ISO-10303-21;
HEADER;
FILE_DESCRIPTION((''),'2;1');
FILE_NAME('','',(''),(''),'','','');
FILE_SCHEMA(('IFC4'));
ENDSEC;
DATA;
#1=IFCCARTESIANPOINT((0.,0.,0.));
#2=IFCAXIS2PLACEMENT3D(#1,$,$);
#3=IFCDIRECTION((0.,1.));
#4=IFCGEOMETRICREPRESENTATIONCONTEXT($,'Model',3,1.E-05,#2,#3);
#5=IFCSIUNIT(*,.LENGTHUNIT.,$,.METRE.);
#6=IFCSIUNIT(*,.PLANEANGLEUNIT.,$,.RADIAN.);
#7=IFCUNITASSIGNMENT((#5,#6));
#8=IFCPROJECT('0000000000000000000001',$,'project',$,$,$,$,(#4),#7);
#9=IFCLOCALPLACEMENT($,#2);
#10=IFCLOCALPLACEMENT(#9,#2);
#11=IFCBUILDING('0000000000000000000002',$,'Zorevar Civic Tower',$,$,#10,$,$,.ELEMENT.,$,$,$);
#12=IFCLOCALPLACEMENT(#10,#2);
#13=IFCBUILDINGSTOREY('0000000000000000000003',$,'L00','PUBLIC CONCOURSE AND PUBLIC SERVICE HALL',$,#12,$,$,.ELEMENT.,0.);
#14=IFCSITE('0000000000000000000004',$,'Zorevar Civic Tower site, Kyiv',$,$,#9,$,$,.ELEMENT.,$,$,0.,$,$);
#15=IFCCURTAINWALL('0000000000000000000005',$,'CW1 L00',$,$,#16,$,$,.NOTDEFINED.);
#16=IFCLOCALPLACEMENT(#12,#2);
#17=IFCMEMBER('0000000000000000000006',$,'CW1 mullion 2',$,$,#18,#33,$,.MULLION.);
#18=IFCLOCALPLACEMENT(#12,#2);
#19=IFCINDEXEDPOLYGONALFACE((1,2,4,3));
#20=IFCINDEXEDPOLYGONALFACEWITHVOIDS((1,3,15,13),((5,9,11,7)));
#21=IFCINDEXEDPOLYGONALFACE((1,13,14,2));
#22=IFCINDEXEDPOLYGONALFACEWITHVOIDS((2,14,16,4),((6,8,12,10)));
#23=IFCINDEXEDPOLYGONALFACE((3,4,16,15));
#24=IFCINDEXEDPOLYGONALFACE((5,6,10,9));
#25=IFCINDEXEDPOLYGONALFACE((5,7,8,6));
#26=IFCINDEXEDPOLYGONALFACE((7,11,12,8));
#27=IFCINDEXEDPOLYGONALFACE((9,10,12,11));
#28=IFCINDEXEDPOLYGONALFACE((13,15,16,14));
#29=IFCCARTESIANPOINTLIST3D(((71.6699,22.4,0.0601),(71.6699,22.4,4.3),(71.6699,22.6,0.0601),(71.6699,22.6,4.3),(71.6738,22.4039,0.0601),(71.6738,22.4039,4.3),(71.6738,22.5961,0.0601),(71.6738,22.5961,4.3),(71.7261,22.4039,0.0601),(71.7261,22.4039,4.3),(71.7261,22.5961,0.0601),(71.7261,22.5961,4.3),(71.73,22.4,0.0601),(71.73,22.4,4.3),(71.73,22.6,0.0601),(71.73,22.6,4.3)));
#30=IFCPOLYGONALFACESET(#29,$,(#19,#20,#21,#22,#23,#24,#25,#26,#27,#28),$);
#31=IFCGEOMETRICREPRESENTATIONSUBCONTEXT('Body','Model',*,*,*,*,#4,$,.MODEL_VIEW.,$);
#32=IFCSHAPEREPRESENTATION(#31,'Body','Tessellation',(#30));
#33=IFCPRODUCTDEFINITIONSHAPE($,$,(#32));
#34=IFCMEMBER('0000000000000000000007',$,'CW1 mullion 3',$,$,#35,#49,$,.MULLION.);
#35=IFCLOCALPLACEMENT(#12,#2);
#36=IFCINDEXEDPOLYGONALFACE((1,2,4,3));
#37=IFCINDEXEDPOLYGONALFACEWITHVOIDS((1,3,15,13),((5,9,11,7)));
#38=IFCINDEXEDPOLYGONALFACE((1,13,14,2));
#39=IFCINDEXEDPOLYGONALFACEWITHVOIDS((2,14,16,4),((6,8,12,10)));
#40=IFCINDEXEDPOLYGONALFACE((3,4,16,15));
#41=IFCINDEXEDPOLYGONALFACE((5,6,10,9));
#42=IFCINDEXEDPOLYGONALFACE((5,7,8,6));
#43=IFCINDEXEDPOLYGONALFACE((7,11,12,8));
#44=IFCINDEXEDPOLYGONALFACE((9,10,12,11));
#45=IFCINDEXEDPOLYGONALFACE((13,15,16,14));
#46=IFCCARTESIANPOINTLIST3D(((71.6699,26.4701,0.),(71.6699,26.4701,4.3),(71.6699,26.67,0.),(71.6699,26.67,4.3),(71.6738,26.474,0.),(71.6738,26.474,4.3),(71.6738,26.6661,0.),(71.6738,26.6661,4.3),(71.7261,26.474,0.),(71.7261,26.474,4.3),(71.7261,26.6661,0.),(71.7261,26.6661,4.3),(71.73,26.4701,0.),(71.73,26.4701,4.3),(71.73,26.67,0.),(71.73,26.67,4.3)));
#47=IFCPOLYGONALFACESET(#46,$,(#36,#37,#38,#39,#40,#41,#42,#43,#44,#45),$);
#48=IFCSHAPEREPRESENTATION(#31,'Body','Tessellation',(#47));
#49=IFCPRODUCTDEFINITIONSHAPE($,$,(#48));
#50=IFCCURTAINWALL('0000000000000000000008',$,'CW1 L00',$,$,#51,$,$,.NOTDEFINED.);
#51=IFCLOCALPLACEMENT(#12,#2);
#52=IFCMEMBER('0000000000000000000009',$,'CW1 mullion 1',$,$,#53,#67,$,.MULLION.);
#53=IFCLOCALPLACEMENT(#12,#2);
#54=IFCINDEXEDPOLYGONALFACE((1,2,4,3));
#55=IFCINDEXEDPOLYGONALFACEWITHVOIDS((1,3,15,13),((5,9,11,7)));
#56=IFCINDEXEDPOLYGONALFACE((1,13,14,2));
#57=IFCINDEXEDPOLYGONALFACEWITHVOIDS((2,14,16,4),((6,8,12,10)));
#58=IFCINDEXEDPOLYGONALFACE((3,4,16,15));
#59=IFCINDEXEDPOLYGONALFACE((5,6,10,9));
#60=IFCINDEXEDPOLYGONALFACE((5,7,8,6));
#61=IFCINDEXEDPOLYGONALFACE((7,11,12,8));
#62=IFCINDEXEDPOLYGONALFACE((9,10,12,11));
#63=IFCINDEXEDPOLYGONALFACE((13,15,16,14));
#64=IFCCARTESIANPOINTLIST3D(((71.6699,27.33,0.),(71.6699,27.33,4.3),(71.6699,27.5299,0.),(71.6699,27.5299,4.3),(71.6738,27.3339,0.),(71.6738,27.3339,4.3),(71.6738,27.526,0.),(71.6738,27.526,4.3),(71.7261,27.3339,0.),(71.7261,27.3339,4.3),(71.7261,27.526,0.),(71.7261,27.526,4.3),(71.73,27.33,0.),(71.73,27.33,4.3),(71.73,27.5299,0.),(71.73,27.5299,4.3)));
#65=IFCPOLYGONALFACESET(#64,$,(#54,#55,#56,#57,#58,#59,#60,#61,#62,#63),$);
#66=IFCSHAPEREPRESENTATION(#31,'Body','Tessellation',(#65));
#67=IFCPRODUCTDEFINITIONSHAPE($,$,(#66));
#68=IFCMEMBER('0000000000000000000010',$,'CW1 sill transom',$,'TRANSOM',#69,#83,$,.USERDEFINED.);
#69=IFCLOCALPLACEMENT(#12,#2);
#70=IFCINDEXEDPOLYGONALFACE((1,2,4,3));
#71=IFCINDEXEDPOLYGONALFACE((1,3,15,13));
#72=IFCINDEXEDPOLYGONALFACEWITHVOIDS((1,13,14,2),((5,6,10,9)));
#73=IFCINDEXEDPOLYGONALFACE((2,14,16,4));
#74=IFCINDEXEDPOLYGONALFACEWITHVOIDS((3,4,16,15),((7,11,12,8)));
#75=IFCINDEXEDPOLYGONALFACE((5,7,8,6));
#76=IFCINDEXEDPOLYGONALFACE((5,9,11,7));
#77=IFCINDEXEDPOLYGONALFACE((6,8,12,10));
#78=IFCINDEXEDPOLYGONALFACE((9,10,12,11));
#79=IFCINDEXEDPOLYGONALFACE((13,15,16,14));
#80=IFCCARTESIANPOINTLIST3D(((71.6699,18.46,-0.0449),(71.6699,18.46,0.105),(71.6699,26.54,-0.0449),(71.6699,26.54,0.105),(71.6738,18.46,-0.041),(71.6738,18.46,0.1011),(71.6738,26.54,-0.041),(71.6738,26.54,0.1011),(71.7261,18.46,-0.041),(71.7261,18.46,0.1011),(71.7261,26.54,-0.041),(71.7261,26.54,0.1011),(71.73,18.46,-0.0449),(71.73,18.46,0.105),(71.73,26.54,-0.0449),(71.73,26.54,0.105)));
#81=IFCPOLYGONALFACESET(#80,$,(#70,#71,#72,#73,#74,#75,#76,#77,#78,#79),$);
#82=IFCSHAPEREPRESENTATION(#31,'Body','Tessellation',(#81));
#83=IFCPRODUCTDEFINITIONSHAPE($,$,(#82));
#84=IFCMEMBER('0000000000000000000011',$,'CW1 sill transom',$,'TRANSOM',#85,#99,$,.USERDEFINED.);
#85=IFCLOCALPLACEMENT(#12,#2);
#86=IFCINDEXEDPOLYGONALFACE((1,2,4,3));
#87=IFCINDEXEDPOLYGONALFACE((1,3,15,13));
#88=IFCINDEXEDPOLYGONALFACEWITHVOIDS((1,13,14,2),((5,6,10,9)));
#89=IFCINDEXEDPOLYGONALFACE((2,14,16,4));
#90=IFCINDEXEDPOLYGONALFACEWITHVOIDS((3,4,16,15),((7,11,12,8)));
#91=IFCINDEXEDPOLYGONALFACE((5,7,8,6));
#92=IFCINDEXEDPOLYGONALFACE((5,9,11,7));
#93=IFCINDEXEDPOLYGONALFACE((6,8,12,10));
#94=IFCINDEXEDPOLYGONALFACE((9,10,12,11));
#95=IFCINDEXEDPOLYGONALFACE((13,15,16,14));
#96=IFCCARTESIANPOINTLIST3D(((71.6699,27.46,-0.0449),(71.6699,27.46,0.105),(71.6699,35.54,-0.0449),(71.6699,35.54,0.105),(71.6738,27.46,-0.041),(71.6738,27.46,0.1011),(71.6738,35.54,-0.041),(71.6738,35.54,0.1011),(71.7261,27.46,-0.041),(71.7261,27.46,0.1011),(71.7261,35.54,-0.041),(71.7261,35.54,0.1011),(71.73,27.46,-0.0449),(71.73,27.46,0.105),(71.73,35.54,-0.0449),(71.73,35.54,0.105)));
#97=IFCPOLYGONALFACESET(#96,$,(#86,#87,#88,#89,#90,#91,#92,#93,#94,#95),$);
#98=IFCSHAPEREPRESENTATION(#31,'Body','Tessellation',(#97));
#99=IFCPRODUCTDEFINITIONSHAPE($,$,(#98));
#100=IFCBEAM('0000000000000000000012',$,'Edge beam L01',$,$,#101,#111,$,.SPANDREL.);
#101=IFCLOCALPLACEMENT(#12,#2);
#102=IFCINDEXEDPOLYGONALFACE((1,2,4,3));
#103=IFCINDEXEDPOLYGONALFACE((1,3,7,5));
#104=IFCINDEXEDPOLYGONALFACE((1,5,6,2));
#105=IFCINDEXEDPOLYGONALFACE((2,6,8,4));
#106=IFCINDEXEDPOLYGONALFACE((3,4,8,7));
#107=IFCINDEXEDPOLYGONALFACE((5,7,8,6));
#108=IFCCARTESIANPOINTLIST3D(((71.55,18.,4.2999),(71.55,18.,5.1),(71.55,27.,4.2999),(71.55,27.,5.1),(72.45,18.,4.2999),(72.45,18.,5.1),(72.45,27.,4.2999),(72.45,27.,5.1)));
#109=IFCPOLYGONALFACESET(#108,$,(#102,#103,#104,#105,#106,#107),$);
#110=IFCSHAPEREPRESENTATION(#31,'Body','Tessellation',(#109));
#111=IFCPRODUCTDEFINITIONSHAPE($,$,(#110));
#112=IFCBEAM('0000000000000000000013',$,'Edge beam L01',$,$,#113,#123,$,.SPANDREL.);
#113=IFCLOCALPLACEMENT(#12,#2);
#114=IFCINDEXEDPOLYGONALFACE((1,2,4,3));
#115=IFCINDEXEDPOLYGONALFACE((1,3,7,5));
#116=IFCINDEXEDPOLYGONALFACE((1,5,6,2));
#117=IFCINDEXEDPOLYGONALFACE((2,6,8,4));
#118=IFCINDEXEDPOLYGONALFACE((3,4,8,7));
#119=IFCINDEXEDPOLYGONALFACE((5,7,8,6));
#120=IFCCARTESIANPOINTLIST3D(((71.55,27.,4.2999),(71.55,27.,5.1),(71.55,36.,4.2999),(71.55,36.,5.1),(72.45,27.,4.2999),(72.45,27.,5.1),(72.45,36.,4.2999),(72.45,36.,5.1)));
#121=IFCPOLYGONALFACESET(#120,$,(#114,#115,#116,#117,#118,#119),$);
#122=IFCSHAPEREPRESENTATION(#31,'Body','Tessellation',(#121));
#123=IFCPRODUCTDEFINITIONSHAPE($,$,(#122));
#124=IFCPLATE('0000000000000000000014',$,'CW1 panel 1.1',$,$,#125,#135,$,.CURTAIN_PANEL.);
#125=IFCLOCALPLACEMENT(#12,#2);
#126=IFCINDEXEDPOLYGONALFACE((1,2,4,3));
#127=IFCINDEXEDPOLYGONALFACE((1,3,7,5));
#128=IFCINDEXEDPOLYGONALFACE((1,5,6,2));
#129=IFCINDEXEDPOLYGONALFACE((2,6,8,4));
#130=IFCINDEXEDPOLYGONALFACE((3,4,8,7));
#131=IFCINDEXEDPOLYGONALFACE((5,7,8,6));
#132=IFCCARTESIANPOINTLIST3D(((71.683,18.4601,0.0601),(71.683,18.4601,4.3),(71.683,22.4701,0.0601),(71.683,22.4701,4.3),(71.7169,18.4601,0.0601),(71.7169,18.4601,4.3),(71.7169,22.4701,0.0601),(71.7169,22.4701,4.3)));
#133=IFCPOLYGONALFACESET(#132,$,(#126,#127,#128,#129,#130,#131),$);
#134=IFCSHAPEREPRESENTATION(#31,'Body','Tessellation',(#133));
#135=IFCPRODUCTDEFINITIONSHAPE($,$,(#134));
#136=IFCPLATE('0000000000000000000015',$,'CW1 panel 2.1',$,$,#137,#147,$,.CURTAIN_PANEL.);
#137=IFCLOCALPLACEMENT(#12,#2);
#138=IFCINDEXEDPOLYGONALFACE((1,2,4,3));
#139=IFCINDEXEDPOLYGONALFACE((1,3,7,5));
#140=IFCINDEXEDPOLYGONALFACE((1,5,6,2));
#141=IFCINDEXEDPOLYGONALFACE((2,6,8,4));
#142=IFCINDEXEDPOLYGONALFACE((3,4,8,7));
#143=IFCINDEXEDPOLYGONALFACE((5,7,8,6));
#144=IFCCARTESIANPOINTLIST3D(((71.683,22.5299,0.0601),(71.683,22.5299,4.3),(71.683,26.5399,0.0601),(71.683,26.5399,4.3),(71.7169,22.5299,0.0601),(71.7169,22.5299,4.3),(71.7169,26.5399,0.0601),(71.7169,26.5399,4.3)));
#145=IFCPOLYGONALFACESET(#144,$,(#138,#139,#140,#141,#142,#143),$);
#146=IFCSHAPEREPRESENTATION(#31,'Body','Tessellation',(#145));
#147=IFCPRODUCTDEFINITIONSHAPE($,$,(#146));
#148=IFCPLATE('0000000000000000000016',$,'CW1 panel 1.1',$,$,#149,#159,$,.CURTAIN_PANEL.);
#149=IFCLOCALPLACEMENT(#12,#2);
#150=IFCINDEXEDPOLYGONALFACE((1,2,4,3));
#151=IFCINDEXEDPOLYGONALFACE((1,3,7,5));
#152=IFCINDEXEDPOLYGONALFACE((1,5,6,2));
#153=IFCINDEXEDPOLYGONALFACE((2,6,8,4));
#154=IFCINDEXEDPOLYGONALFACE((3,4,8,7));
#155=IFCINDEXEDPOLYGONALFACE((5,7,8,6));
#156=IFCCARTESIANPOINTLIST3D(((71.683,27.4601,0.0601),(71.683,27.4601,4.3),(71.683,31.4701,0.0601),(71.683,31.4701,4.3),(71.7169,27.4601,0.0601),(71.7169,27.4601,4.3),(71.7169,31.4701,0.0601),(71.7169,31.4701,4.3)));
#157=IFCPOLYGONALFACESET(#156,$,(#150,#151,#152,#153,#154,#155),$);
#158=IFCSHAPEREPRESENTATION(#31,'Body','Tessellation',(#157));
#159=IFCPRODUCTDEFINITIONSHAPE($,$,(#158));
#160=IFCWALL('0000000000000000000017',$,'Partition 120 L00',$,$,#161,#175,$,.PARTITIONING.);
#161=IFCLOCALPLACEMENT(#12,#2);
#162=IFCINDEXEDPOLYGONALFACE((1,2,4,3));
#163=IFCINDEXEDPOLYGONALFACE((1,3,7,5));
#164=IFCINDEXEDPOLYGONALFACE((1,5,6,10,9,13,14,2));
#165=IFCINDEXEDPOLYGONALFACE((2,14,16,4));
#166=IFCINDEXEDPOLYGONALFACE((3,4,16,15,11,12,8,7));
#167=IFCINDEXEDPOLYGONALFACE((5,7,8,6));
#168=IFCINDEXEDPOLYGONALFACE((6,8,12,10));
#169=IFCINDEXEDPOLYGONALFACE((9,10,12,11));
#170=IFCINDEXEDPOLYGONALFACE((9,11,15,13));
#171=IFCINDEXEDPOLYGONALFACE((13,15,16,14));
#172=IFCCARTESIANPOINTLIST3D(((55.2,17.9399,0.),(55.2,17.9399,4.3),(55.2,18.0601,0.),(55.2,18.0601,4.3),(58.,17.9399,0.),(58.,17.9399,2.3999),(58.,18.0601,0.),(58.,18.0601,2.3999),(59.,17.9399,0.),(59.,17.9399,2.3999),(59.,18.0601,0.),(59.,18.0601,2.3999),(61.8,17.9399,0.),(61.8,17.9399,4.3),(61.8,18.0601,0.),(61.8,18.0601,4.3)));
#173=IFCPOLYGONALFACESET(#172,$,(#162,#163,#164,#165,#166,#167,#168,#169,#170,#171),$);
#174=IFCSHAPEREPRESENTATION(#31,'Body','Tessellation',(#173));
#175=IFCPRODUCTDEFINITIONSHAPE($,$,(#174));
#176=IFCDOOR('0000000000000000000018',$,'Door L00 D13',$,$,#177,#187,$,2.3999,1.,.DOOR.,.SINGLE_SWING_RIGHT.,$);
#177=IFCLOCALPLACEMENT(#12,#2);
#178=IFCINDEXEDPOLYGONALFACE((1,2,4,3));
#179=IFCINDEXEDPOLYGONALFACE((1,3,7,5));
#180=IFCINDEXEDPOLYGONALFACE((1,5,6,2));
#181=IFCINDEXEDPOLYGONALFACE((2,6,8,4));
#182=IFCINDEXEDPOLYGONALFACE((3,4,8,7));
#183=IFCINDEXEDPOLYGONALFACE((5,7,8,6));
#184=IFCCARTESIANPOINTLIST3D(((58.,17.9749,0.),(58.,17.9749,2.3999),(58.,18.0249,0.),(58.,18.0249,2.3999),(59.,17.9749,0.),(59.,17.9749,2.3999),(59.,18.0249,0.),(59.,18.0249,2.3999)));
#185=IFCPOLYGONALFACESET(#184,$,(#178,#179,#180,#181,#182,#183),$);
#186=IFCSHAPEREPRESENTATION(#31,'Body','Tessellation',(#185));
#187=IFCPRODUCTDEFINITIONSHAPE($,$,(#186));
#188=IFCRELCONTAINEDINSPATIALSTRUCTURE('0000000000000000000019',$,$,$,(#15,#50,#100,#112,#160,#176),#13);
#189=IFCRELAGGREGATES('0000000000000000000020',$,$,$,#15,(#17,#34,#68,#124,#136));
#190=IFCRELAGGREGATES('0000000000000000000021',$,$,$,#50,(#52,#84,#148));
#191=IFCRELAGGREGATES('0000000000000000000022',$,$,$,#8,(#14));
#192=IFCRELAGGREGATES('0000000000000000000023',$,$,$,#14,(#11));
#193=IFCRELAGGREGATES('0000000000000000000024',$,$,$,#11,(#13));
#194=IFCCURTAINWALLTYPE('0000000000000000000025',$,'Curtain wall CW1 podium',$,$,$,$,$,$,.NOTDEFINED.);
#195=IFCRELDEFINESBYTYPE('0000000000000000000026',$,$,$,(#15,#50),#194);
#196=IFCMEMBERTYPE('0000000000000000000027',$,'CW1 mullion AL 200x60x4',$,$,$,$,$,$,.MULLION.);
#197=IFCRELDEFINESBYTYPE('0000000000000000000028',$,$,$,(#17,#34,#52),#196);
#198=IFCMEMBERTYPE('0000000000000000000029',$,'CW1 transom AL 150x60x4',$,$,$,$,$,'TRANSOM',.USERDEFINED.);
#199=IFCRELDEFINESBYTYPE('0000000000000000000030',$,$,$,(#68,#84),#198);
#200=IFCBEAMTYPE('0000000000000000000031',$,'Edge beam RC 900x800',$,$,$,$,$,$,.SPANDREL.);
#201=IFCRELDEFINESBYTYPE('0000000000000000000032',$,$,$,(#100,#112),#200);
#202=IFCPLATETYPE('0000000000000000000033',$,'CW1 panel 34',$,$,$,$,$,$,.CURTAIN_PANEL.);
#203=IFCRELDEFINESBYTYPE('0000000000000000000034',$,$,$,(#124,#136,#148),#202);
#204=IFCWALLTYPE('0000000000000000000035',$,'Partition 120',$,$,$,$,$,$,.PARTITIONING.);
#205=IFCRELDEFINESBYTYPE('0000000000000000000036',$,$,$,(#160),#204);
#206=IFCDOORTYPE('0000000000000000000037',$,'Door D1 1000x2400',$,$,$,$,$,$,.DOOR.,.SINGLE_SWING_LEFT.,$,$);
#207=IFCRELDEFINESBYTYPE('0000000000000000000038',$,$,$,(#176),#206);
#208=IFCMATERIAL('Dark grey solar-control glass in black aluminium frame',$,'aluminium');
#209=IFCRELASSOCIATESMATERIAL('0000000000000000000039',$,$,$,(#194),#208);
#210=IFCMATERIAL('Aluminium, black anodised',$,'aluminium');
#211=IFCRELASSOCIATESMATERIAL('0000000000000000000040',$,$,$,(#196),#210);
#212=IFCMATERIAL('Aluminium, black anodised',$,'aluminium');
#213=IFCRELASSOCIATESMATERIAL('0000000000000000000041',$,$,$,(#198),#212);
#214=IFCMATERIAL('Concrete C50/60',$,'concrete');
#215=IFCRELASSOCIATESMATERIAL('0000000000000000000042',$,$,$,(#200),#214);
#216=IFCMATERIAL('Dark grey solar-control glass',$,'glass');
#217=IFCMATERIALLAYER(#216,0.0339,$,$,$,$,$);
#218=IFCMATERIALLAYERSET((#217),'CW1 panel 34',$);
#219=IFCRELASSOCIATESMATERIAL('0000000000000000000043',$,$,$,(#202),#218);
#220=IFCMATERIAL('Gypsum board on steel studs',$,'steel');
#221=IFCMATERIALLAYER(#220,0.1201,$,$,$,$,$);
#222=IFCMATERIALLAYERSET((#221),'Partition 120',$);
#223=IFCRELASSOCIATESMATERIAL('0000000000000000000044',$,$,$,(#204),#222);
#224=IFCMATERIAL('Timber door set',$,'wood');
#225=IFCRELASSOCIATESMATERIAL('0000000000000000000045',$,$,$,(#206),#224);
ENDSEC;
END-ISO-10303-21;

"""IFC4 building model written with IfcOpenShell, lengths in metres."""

from ifc_helpers import new_model, si_unit, direction, frame, frame_2d, origin, origin_2d, place, context, subcontext, project, spatial, rectangle, hollow_rectangle, extrude, material, layer, layer_set, material_profile, profile_set, type_object, element, fill, aggregate, save


model = new_model("IFC4")

# Units and contexts
model_context = context("Model", 3, precision=1e-05, world=origin(), true_north=direction((0.0, 1.0)))
body_context = subcontext(model_context, "Body", "Model", "MODEL_VIEW")
ifc_project = project(units=[si_unit("LENGTHUNIT", "METRE"), si_unit("PLANEANGLEUNIT", "RADIAN")], contexts=[model_context])

# Site, building, storey
site_placement = place(None, origin())
site = spatial("IfcSite", under=ifc_project, at=site_placement, Name="Zorevar Civic Tower site, Kyiv", CompositionType="ELEMENT", RefElevation=0.0)
building_placement = place(site_placement, origin())
building = spatial("IfcBuilding", under=site, at=building_placement, Name="Zorevar Civic Tower", CompositionType="ELEMENT")
storey_placement = place(building_placement, origin())
storey = spatial("IfcBuildingStorey", under=building, at=storey_placement, Name="L00", Description="PUBLIC CONCOURSE AND PUBLIC SERVICE HALL", CompositionType="ELEMENT", Elevation=0.0)

# Curtain wall, members
ifc_material_1 = material(Name="Dark grey solar-control glass in black aluminium frame", Category="aluminium")
curtain_wall_type = type_object("IfcCurtainWallType", Name="Curtain wall CW1 podium", PredefinedType="NOTDEFINED", material=ifc_material_1)
curtain_wall_1_placement = place(storey_placement, origin())
curtain_wall_1 = element("IfcCurtainWall", 1, at=curtain_wall_1_placement, inside=storey, type_object=curtain_wall_type, Name="CW1 L00", PredefinedType="NOTDEFINED")
ifc_material_2 = material(Name="Aluminium, black anodised", Category="aluminium")
ifc_material_profile_1 = material_profile(ifc_material_2, hollow_rectangle(XDim=0.0601, YDim=0.2, WallThickness=0.0039, at=origin_2d()), Name="AL 200x60x4")
ifc_profile_set_1 = profile_set([ifc_material_profile_1], Name="Aluminium, black anodised")
member_type_1 = type_object("IfcMemberType", Name="CW1 mullion AL 200x60x4", PredefinedType="MULLION", material=ifc_profile_set_1)
member_1_placement = place(storey_placement, frame((71.7, 22.5, 0.0601), z_axis=(0.0, 0.0, 1.0), x_axis=(-1.0, 0.0, 0.0)))
member_1 = element("IfcMember", 2, at=member_1_placement, type_object=member_type_1, Name="CW1 mullion 2", PredefinedType="MULLION", context=body_context, shape_type="SweptSolid", body=[
    extrude(hollow_rectangle(XDim=0.0601, YDim=0.2, WallThickness=0.0039, at=origin_2d()), origin(), (0.0, 0.0, 1.0), 4.24),
])
member_2_placement = place(storey_placement, frame((71.7, 26.5701, 0.0), z_axis=(0.0, 0.0, 1.0), x_axis=(-1.0, 0.0, 0.0)))
member_2 = element("IfcMember", 3, at=member_2_placement, type_object=member_type_1, Name="CW1 mullion 3", PredefinedType="MULLION", context=body_context, shape_type="SweptSolid", body=[
    extrude(hollow_rectangle(XDim=0.0601, YDim=0.2, WallThickness=0.0039, at=origin_2d()), origin(), (0.0, 0.0, 1.0), 4.3),
])

# Curtain wall, member
curtain_wall_2_placement = place(storey_placement, origin())
curtain_wall_2 = element("IfcCurtainWall", 4, at=curtain_wall_2_placement, inside=storey, type_object=curtain_wall_type, Name="CW1 L00", PredefinedType="NOTDEFINED")
member_3_placement = place(storey_placement, frame((71.7, 27.4299, 0.0), z_axis=(0.0, 0.0, 1.0), x_axis=(-1.0, 0.0, 0.0)))
member_3 = element("IfcMember", 5, at=member_3_placement, type_object=member_type_1, Name="CW1 mullion 1", PredefinedType="MULLION", context=body_context, shape_type="SweptSolid", body=[
    extrude(hollow_rectangle(XDim=0.0601, YDim=0.2, WallThickness=0.0039, at=origin_2d()), origin(), (0.0, 0.0, 1.0), 4.3),
])

# Members
ifc_material_3 = material(Name="Aluminium, black anodised", Category="aluminium")
ifc_material_profile_2 = material_profile(ifc_material_3, hollow_rectangle(XDim=0.0601, YDim=0.1499, WallThickness=0.0039, at=origin_2d()), Name="AL 150x60x4")
ifc_profile_set_2 = profile_set([ifc_material_profile_2], Name="Aluminium, black anodised")
member_type_2 = type_object("IfcMemberType", Name="CW1 transom AL 150x60x4", ElementType="TRANSOM", PredefinedType="USERDEFINED", material=ifc_profile_set_2)
member_4_placement = place(storey_placement, frame((71.7, 18.46, 0.03), z_axis=(0.0, 1.0, 0.0), x_axis=(-1.0, 0.0, 0.0)))
member_4 = element("IfcMember", 6, at=member_4_placement, type_object=member_type_2, Name="CW1 sill transom", ObjectType="TRANSOM", PredefinedType="USERDEFINED", context=body_context, shape_type="SweptSolid", body=[
    extrude(hollow_rectangle(XDim=0.0601, YDim=0.1499, WallThickness=0.0039, at=origin_2d()), origin(), (0.0, 0.0, 1.0), 8.0801),
])
member_5_placement = place(storey_placement, frame((71.7, 27.46, 0.03), z_axis=(0.0, 1.0, 0.0), x_axis=(-1.0, 0.0, 0.0)))
member_5 = element("IfcMember", 7, at=member_5_placement, type_object=member_type_2, Name="CW1 sill transom", ObjectType="TRANSOM", PredefinedType="USERDEFINED", context=body_context, shape_type="SweptSolid", body=[
    extrude(hollow_rectangle(XDim=0.0601, YDim=0.1499, WallThickness=0.0039, at=origin_2d()), origin(), (0.0, 0.0, 1.0), 8.0801),
])

# Beams
ifc_material_4 = material(Name="Concrete C50/60", Category="concrete")
ifc_material_profile_3 = material_profile(ifc_material_4, rectangle(XDim=0.8999, YDim=0.8, at=origin_2d()), Name="RC 900x800")
ifc_profile_set_3 = profile_set([ifc_material_profile_3], Name="Concrete C50/60")
beam_type_1 = type_object("IfcBeamType", Name="Edge beam RC 900x800", PredefinedType="SPANDREL", material=ifc_profile_set_3)
for number, where, z_axis, x_axis, name in (
    (8, (72.0, 18.0, 4.7), (0.0, 1.0, 0.0), (-1.0, 0.0, 0.0), "Edge beam L01"),
    (9, (72.0, 27.0, 4.7), (0.0, 1.0, 0.0), (-1.0, 0.0, 0.0), "Edge beam L01"),
):
    element("IfcBeam", number, at=place(storey_placement, frame(where, z_axis=z_axis, x_axis=x_axis)), inside=storey, type_object=beam_type_1, Name=name, PredefinedType="SPANDREL", context=body_context, shape_type="SweptSolid", body=[
        extrude(rectangle(XDim=0.8999, YDim=0.8, at=origin_2d()), origin(), (0.0, 0.0, 1.0), 9.0),
    ])

# Plates
ifc_material_5 = material(Name="Dark grey solar-control glass", Category="glass")
ifc_layer_1 = layer(ifc_material_5, 0.0339)
ifc_layer_set_1 = layer_set([ifc_layer_1], Name="CW1 panel 34")
plate_type = type_object("IfcPlateType", Name="CW1 panel 34", PredefinedType="CURTAIN_PANEL", material=ifc_layer_set_1)
plate_1_placement = place(storey_placement, frame((71.7, 20.4651, 0.0601), z_axis=(0.0, 0.0, 1.0), x_axis=(0.0, 1.0, 0.0)))
plate_1 = element("IfcPlate", 10, at=plate_1_placement, type_object=plate_type, Name="CW1 panel 1.1", PredefinedType="CURTAIN_PANEL", context=body_context, shape_type="SweptSolid", body=[
    extrude(rectangle(XDim=4.01, YDim=0.0339, at=origin_2d()), origin(), (0.0, 0.0, 1.0), 4.24),
])
plate_2_placement = place(storey_placement, frame((71.7, 24.5349, 0.0601), z_axis=(0.0, 0.0, 1.0), x_axis=(0.0, 1.0, 0.0)))
plate_2 = element("IfcPlate", 11, at=plate_2_placement, type_object=plate_type, Name="CW1 panel 2.1", PredefinedType="CURTAIN_PANEL", context=body_context, shape_type="SweptSolid", body=[
    extrude(rectangle(XDim=4.01, YDim=0.0339, at=origin_2d()), origin(), (0.0, 0.0, 1.0), 4.24),
])
aggregate(curtain_wall_1, [member_1, member_2, member_4, plate_1, plate_2])
plate_3_placement = place(storey_placement, frame((71.7, 29.4651, 0.0601), z_axis=(0.0, 0.0, 1.0), x_axis=(0.0, 1.0, 0.0)))
plate_3 = element("IfcPlate", 12, at=plate_3_placement, type_object=plate_type, Name="CW1 panel 1.1", PredefinedType="CURTAIN_PANEL", context=body_context, shape_type="SweptSolid", body=[
    extrude(rectangle(XDim=4.01, YDim=0.0339, at=origin_2d()), origin(), (0.0, 0.0, 1.0), 4.24),
])
aggregate(curtain_wall_2, [member_3, member_5, plate_3])

# Wall, opening, door
ifc_material_6 = material(Name="Gypsum board on steel studs", Category="steel")
ifc_layer_2 = layer(ifc_material_6, 0.1201)
ifc_layer_set_2 = layer_set([ifc_layer_2], Name="Partition 120")
wall_type = type_object("IfcWallType", Name="Partition 120", PredefinedType="PARTITIONING", material=ifc_layer_set_2)
wall_1_placement = place(storey_placement, frame((55.2, 18.0, 0.0), z_axis=(0.0, 0.0, 1.0), x_axis=(1.0, 0.0, 0.0)))
wall_1 = element("IfcWall", 13, at=wall_1_placement, inside=storey, type_object=wall_type, Name="Partition 120 L00", PredefinedType="PARTITIONING", context=body_context, shape_type="SweptSolid", body=[
    extrude(rectangle(XDim=6.6001, YDim=0.1201, at=frame_2d((3.3, 0.0))), origin(), (0.0, 0.0, 1.0), 4.3),
])
opening_1_placement = place(wall_1_placement, frame((2.8, 0.0, 0.0)))
opening_1 = element("IfcOpeningElement", 14, at=opening_1_placement, cuts=wall_1, PredefinedType="OPENING", context=body_context, shape_type="SweptSolid", body=[
    extrude(rectangle(XDim=1.0, YDim=2.3999, at=frame_2d((0.5, 1.2))), frame((0.0, 0.0701, 0.0), z_axis=(0.0, -1.0, 0.0), x_axis=(1.0, 0.0, 0.0)), (0.0, 0.0, 1.0), 0.1401),
])
ifc_material_7 = material(Name="Timber door set", Category="wood")
door_type_1 = type_object("IfcDoorType", Name="Door D1 1000x2400", OperationType="SINGLE_SWING_LEFT", PredefinedType="DOOR", material=ifc_material_7)
door_1_placement = place(opening_1_placement, origin())
door_1 = element("IfcDoor", 15, at=door_1_placement, inside=storey, type_object=door_type_1, Name="Door L00 D13", OperationType="SINGLE_SWING_RIGHT", OverallHeight=2.3999, OverallWidth=1.0, PredefinedType="DOOR", context=body_context, shape_type="SweptSolid", body=[
    extrude(rectangle(XDim=1.0, YDim=2.3999, at=frame_2d((0.5, 1.2))), frame((0.0, 0.0249, 0.0), z_axis=(0.0, -1.0, 0.0), x_axis=(1.0, 0.0, 0.0)), (0.0, 0.0, 1.0), 0.05),
])
fill(opening_1, door_1)

save(model, "model.ifc")
